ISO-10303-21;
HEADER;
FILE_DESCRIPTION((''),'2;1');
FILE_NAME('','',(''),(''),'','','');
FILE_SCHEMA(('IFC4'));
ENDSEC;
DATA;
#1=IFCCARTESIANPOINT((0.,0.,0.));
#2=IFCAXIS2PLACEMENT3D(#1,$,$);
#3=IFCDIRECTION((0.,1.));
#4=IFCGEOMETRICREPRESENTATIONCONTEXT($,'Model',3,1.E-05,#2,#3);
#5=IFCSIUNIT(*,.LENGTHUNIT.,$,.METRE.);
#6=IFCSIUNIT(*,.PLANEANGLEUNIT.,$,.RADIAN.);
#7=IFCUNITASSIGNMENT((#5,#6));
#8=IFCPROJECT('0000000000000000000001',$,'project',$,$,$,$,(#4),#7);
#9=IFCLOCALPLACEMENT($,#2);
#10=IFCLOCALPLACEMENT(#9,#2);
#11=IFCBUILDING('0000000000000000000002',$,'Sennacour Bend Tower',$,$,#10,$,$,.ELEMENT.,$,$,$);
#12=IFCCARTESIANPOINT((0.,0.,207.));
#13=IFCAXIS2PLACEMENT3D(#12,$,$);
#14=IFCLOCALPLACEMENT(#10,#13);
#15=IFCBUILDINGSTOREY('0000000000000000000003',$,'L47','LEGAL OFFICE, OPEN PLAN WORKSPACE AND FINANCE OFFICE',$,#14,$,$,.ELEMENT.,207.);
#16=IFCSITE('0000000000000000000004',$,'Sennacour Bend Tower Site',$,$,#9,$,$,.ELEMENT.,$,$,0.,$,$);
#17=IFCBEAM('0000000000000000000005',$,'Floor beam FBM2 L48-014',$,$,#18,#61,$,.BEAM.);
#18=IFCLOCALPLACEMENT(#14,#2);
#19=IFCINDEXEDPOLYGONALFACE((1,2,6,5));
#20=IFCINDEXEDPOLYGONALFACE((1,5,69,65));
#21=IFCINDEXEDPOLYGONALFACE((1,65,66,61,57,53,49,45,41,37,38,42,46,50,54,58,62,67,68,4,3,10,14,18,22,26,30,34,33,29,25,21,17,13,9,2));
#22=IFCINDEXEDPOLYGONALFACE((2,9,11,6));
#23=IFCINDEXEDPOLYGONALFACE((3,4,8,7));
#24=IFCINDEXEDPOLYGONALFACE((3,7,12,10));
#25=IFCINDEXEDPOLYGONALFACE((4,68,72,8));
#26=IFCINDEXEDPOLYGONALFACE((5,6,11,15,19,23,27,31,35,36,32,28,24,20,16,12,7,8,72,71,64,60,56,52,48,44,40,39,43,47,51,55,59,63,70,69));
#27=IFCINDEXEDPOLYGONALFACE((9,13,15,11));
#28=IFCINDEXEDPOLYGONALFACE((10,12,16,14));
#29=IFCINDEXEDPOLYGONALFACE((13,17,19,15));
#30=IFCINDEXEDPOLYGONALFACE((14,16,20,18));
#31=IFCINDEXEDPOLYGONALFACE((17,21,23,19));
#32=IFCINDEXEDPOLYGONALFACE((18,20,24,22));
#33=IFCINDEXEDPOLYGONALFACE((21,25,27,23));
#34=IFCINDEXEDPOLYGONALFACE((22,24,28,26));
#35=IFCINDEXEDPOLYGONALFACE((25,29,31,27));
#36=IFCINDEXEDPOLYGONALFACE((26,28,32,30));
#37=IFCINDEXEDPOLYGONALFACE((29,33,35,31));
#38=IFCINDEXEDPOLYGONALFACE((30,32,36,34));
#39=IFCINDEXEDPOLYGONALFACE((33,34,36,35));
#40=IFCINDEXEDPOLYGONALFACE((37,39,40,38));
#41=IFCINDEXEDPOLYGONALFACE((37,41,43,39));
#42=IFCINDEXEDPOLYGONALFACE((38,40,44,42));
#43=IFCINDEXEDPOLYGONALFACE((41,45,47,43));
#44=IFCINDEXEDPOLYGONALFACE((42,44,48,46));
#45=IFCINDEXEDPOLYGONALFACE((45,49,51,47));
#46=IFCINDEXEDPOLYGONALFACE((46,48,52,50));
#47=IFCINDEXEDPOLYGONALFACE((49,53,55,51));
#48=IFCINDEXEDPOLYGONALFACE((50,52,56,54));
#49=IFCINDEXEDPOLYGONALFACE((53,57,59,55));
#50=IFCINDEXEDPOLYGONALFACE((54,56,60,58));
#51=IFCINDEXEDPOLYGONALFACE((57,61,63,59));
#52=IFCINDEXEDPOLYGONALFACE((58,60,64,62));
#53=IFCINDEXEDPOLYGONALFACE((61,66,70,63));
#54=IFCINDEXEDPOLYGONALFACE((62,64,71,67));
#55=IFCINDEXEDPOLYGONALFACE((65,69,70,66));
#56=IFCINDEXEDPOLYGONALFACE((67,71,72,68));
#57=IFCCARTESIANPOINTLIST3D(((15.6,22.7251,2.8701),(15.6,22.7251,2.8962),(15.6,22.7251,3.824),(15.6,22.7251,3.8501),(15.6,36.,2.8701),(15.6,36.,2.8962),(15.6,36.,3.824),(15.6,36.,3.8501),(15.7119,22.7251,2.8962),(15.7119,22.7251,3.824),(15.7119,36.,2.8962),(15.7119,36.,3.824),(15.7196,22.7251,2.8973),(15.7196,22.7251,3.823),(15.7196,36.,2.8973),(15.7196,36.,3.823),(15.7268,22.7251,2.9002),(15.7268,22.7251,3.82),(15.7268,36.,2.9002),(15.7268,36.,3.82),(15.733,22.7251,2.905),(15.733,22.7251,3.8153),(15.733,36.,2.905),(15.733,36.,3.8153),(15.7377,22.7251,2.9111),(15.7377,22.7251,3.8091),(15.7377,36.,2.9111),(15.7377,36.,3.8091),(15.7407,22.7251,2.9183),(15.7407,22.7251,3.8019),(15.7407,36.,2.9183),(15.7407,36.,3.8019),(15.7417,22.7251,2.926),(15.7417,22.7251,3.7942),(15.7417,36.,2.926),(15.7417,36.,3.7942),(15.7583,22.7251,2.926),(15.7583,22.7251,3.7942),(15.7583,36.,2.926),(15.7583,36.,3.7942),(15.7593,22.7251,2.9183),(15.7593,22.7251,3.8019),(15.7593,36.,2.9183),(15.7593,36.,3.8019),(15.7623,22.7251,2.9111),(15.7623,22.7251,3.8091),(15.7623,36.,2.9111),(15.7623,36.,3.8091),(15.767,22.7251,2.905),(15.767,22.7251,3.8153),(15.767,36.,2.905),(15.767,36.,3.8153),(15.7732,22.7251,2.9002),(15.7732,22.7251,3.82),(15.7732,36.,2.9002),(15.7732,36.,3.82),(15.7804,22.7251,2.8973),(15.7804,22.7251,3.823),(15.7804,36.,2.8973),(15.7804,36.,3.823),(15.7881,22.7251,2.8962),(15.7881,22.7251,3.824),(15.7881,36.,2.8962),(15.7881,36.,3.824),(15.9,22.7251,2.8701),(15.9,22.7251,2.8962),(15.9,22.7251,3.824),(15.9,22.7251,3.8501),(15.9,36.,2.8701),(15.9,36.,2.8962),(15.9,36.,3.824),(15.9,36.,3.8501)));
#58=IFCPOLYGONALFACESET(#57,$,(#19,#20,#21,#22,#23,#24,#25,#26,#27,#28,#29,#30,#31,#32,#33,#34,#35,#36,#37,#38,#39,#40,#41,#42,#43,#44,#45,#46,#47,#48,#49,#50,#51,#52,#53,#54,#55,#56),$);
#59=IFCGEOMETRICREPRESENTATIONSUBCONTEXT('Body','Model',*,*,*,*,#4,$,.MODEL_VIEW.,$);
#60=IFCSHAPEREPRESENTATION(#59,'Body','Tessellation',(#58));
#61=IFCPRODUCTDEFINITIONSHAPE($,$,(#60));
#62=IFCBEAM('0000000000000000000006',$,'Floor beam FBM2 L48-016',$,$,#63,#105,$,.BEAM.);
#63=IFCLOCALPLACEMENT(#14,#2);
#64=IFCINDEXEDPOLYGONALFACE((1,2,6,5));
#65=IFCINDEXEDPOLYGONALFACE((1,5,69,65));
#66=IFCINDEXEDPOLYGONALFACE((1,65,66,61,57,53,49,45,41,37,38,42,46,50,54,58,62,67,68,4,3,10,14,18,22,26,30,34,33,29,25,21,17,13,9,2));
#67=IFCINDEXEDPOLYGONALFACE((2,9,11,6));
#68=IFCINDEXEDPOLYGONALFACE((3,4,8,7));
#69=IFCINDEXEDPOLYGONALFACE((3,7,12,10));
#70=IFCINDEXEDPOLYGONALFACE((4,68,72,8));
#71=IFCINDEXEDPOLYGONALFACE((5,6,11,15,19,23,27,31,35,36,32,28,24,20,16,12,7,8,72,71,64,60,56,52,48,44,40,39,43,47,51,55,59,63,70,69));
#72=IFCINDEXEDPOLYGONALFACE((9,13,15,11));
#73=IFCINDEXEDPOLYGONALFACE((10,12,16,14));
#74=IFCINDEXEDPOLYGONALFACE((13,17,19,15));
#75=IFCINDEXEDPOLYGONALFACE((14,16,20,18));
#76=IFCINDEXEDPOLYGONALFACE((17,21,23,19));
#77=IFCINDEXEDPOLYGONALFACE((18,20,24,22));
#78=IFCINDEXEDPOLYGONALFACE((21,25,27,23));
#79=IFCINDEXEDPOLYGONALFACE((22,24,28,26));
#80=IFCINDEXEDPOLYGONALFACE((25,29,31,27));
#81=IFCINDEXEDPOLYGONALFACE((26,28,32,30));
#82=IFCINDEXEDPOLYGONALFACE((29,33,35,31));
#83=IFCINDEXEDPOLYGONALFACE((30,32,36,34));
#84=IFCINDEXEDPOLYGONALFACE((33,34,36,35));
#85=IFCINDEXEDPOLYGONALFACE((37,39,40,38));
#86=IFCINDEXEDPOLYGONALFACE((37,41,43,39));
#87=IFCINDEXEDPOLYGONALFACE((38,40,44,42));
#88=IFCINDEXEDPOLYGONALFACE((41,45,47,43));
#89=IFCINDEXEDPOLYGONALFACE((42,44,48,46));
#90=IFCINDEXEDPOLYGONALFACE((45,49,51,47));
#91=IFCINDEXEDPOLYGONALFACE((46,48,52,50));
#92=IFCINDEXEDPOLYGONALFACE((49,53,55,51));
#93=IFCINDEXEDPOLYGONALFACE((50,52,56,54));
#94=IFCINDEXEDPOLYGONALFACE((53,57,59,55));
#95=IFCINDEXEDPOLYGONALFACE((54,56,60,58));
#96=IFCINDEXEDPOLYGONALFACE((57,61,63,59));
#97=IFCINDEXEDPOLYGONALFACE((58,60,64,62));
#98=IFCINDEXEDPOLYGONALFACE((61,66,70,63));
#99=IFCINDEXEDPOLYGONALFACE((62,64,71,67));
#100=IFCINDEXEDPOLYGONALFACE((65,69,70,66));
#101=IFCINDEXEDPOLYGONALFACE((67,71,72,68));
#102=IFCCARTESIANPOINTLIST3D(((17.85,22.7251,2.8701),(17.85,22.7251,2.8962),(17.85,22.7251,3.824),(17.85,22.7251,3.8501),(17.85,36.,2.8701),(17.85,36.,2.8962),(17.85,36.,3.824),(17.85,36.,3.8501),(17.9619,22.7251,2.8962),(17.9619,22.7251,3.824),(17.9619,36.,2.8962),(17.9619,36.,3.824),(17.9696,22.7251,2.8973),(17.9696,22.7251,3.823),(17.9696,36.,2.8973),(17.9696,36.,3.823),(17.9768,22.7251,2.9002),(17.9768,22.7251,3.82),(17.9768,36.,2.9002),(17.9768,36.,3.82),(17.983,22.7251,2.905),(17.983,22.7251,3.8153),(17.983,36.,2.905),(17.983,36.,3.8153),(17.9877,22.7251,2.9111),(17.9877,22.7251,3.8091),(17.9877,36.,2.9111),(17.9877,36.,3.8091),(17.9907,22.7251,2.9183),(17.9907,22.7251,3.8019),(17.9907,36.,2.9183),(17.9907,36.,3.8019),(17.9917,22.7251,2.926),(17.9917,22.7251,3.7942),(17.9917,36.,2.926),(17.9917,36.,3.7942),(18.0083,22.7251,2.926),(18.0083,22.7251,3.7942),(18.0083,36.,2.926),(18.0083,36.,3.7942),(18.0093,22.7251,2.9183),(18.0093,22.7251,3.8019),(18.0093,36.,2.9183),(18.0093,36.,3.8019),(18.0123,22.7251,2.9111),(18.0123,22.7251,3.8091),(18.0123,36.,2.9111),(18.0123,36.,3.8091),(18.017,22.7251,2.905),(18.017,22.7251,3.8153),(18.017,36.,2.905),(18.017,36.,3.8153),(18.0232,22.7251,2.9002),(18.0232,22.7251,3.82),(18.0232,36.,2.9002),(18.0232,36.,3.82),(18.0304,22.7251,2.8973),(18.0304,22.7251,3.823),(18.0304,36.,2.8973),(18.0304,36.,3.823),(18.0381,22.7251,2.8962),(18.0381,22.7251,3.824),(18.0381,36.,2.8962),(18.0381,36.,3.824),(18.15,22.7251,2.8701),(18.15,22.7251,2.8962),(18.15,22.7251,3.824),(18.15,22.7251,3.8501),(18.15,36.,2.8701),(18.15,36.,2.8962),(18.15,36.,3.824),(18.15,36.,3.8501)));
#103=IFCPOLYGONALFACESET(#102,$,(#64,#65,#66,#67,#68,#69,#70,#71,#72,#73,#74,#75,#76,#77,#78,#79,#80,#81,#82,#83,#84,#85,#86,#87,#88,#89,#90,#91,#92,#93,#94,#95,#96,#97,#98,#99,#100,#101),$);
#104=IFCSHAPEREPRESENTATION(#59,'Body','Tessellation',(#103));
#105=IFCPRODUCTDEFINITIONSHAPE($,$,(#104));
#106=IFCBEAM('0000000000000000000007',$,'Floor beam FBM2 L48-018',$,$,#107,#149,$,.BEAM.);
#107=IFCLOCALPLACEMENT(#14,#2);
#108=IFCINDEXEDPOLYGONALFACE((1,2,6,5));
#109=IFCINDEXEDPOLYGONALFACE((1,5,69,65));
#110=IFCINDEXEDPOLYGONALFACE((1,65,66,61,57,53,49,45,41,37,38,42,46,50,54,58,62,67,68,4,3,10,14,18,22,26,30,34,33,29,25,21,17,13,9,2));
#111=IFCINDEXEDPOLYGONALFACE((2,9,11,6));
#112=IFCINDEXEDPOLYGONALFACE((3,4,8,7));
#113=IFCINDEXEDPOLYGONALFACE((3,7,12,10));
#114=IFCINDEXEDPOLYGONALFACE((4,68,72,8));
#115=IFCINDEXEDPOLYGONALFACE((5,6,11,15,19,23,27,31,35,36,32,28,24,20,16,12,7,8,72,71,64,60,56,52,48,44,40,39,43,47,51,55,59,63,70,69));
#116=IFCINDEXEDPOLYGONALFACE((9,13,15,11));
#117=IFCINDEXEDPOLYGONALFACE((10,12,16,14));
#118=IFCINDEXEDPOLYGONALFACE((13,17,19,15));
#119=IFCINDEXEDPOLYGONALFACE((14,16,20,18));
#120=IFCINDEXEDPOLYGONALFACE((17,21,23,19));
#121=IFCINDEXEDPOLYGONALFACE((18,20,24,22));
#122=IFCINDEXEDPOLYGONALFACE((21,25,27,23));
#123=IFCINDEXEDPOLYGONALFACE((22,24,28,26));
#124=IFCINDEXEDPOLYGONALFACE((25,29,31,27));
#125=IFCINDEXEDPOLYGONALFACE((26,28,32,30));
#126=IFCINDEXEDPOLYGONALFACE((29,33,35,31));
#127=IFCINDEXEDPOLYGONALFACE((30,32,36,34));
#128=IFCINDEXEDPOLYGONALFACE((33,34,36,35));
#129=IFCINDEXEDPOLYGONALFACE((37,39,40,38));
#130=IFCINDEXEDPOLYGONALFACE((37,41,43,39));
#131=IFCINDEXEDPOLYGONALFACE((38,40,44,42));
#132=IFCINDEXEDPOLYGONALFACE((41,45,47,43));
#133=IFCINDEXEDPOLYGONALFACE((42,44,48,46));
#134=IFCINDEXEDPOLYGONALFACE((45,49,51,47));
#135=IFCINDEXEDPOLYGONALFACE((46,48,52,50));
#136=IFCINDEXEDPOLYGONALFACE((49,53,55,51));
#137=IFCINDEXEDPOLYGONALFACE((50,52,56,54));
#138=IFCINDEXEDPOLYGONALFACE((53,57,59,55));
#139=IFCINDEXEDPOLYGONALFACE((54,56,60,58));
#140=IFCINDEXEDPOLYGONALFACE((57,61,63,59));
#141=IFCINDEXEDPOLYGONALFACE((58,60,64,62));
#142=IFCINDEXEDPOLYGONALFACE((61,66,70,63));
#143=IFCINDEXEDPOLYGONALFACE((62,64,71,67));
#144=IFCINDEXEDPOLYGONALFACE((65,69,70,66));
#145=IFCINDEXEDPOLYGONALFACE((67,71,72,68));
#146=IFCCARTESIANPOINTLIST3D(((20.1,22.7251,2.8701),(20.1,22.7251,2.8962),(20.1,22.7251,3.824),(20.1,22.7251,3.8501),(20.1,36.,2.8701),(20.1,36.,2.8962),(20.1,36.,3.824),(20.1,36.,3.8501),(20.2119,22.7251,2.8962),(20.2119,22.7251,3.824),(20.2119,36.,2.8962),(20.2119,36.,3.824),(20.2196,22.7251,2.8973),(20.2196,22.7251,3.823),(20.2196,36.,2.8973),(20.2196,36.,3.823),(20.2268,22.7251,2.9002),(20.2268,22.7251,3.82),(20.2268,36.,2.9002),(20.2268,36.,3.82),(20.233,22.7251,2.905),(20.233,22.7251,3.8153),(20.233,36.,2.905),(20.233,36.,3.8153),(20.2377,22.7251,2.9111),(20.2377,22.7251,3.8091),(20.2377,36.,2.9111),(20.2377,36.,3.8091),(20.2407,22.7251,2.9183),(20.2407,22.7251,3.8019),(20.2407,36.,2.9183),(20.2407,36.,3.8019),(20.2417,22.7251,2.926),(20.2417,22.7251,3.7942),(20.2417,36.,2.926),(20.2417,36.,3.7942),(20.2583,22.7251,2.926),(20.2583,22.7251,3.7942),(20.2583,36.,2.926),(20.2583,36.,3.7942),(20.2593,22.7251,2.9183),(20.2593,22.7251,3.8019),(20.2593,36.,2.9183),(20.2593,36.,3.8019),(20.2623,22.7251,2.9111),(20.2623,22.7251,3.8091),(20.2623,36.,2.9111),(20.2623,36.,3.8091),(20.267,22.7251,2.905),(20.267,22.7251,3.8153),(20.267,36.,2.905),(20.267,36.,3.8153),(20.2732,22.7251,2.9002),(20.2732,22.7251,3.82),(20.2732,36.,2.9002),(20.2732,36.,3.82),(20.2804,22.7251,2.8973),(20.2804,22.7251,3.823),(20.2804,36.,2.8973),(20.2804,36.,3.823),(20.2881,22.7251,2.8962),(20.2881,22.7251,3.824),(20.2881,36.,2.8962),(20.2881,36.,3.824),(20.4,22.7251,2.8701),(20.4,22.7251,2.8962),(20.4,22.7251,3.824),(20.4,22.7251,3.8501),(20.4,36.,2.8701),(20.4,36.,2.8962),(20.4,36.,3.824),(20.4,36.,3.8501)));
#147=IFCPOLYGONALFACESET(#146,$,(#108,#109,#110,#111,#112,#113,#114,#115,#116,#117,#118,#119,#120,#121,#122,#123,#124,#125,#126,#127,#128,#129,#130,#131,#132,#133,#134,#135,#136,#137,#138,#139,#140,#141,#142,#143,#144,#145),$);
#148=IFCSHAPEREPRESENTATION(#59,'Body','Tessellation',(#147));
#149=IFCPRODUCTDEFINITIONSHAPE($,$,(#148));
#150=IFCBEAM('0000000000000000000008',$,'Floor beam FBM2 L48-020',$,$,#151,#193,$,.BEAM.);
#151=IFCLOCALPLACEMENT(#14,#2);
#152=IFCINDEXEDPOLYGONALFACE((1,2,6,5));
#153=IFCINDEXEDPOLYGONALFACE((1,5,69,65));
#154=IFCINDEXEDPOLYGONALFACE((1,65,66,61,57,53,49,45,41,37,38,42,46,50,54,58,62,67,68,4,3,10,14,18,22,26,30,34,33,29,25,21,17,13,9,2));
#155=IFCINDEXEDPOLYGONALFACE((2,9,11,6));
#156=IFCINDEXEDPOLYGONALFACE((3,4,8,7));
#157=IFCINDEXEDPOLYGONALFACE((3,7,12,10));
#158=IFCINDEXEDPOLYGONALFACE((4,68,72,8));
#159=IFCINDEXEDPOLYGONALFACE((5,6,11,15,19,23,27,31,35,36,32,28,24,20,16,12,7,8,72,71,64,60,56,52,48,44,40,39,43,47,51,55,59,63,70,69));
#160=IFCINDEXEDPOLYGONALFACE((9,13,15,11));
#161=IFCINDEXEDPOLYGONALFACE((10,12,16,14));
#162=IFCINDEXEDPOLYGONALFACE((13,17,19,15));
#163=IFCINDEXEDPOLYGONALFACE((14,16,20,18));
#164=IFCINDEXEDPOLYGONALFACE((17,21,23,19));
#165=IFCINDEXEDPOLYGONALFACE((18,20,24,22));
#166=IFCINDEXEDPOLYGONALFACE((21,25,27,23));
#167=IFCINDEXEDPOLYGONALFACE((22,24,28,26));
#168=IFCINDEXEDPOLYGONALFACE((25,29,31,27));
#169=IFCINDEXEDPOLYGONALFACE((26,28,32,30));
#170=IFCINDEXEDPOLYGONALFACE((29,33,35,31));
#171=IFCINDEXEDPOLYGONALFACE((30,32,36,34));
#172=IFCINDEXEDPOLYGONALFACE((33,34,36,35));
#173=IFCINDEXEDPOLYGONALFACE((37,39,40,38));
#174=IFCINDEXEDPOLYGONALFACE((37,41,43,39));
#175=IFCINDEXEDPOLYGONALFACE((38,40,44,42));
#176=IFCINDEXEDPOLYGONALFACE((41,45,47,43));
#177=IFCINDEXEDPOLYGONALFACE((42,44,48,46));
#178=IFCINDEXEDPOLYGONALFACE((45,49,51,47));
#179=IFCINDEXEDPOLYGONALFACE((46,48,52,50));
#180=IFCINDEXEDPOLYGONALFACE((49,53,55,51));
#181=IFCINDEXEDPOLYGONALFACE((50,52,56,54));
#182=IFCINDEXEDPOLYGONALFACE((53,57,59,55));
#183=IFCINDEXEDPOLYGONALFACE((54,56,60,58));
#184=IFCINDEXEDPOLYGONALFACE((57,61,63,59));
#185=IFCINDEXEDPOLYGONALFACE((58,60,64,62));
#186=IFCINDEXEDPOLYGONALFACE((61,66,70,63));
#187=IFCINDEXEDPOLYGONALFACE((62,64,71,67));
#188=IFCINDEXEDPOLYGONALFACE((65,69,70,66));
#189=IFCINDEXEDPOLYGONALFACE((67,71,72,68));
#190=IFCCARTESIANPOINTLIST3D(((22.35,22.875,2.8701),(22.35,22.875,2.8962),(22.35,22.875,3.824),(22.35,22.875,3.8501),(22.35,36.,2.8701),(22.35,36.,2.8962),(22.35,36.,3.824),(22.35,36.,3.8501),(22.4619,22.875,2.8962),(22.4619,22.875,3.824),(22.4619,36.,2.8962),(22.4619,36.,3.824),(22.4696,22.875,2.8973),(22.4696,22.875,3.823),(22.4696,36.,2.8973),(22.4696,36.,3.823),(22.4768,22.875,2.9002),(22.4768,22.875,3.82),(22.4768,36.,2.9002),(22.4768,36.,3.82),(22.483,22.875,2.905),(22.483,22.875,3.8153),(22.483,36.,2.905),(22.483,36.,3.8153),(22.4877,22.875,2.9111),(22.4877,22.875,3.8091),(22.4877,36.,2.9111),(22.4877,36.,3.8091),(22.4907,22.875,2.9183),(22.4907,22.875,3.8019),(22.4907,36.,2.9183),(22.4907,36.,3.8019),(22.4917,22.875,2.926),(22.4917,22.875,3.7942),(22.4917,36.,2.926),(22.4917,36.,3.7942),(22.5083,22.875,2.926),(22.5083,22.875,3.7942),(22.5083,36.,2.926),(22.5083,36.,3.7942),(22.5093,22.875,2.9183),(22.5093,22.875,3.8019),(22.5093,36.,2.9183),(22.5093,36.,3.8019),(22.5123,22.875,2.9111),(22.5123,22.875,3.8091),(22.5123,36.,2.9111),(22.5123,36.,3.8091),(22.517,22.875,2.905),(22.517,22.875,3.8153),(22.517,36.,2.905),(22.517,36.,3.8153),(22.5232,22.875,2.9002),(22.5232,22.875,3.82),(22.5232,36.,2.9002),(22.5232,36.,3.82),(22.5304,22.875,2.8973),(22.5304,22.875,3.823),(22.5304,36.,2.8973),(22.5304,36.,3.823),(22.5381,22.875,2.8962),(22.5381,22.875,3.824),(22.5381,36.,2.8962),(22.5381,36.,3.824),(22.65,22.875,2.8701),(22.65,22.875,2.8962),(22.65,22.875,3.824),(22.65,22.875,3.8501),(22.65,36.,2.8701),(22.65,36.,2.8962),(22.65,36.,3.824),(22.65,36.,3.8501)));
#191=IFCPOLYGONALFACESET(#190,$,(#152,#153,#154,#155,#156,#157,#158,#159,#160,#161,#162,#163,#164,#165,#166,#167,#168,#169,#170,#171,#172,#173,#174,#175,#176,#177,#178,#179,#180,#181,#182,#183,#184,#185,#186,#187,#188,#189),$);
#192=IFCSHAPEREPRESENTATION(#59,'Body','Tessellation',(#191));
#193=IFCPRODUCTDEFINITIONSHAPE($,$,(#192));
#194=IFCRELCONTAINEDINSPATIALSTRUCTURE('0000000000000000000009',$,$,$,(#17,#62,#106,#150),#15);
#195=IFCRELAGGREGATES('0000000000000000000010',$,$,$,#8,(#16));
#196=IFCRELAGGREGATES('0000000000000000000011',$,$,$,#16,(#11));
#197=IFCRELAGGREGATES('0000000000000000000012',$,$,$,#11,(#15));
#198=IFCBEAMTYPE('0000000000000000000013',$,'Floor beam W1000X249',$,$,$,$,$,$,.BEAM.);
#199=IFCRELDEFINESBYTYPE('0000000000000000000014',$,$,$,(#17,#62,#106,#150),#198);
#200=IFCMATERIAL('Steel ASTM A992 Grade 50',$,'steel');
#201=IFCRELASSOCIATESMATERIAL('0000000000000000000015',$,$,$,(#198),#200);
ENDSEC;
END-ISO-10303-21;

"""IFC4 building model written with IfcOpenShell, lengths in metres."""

from ifc_helpers import new_model, si_unit, direction, frame, origin, origin_2d, place, context, subcontext, project, spatial, i_section, extrude, material, material_profile, profile_set, type_object, element, save


model = new_model("IFC4")

# Units and contexts
model_context = context("Model", 3, precision=1e-05, world=origin(), true_north=direction((0.0, 1.0)))
body_context = subcontext(model_context, "Body", "Model", "MODEL_VIEW")
ifc_project = project(units=[si_unit("LENGTHUNIT", "METRE"), si_unit("PLANEANGLEUNIT", "RADIAN")], contexts=[model_context])

# Site, building, storey
site_placement = place(None, origin())
site = spatial("IfcSite", under=ifc_project, at=site_placement, Name="Sennacour Bend Tower Site", CompositionType="ELEMENT", RefElevation=0.0)
building_placement = place(site_placement, origin())
building = spatial("IfcBuilding", under=site, at=building_placement, Name="Sennacour Bend Tower", CompositionType="ELEMENT")
storey_placement = place(building_placement, frame((0.0, 0.0, 207.0)))
storey = spatial("IfcBuildingStorey", under=building, at=storey_placement, Name="L47", Description="LEGAL OFFICE, OPEN PLAN WORKSPACE AND FINANCE OFFICE", CompositionType="ELEMENT", Elevation=207.0)

# Beams
ifc_material_1 = material(Name="Steel ASTM A992 Grade 50", Category="steel")
ifc_material_profile_1 = material_profile(ifc_material_1, i_section(OverallWidth=0.3, OverallDepth=0.98, WebThickness=0.0166, FlangeThickness=0.0261, FilletRadius=0.0298, at=origin_2d()), Name="Steel ASTM A992 Grade 50", Category="steel")
ifc_profile_set_1 = profile_set([ifc_material_profile_1], Name="Steel ASTM A992 Grade 50")
beam_type_1 = type_object("IfcBeamType", Name="Floor beam W1000X249", PredefinedType="BEAM", material=ifc_profile_set_1)
for number, where, z_axis, x_axis, name in (
    (1, (15.75, 22.7251, 3.3601), (0.0, 1.0, 0.0), (-1.0, 0.0, 0.0), "Floor beam FBM2 L48-014"),
    (2, (18.0, 22.7251, 3.3601), (0.0, 1.0, 0.0), (-1.0, 0.0, 0.0), "Floor beam FBM2 L48-016"),
    (3, (20.25, 22.7251, 3.3601), (0.0, 1.0, 0.0), (-1.0, 0.0, 0.0), "Floor beam FBM2 L48-018"),
):
    element("IfcBeam", number, at=place(storey_placement, frame(where, z_axis=z_axis, x_axis=x_axis)), inside=storey, type_object=beam_type_1, Name=name, PredefinedType="BEAM", context=body_context, shape_type="SweptSolid", body=[
        extrude(i_section(OverallWidth=0.3, OverallDepth=0.98, WebThickness=0.0166, FlangeThickness=0.0261, FilletRadius=0.0298, at=origin_2d()), origin(), (0.0, 0.0, 1.0), 13.2749),
    ])
beam_1_placement = place(storey_placement, frame((22.5, 22.875, 3.3601), z_axis=(0.0, 1.0, 0.0), x_axis=(-1.0, 0.0, 0.0)))
element("IfcBeam", 4, at=beam_1_placement, inside=storey, type_object=beam_type_1, Name="Floor beam FBM2 L48-020", PredefinedType="BEAM", context=body_context, shape_type="SweptSolid", body=[
    extrude(i_section(OverallWidth=0.3, OverallDepth=0.98, WebThickness=0.0166, FlangeThickness=0.0261, FilletRadius=0.0298, at=origin_2d()), origin(), (0.0, 0.0, 1.0), 13.125),
])

save(model, "model.ifc")
